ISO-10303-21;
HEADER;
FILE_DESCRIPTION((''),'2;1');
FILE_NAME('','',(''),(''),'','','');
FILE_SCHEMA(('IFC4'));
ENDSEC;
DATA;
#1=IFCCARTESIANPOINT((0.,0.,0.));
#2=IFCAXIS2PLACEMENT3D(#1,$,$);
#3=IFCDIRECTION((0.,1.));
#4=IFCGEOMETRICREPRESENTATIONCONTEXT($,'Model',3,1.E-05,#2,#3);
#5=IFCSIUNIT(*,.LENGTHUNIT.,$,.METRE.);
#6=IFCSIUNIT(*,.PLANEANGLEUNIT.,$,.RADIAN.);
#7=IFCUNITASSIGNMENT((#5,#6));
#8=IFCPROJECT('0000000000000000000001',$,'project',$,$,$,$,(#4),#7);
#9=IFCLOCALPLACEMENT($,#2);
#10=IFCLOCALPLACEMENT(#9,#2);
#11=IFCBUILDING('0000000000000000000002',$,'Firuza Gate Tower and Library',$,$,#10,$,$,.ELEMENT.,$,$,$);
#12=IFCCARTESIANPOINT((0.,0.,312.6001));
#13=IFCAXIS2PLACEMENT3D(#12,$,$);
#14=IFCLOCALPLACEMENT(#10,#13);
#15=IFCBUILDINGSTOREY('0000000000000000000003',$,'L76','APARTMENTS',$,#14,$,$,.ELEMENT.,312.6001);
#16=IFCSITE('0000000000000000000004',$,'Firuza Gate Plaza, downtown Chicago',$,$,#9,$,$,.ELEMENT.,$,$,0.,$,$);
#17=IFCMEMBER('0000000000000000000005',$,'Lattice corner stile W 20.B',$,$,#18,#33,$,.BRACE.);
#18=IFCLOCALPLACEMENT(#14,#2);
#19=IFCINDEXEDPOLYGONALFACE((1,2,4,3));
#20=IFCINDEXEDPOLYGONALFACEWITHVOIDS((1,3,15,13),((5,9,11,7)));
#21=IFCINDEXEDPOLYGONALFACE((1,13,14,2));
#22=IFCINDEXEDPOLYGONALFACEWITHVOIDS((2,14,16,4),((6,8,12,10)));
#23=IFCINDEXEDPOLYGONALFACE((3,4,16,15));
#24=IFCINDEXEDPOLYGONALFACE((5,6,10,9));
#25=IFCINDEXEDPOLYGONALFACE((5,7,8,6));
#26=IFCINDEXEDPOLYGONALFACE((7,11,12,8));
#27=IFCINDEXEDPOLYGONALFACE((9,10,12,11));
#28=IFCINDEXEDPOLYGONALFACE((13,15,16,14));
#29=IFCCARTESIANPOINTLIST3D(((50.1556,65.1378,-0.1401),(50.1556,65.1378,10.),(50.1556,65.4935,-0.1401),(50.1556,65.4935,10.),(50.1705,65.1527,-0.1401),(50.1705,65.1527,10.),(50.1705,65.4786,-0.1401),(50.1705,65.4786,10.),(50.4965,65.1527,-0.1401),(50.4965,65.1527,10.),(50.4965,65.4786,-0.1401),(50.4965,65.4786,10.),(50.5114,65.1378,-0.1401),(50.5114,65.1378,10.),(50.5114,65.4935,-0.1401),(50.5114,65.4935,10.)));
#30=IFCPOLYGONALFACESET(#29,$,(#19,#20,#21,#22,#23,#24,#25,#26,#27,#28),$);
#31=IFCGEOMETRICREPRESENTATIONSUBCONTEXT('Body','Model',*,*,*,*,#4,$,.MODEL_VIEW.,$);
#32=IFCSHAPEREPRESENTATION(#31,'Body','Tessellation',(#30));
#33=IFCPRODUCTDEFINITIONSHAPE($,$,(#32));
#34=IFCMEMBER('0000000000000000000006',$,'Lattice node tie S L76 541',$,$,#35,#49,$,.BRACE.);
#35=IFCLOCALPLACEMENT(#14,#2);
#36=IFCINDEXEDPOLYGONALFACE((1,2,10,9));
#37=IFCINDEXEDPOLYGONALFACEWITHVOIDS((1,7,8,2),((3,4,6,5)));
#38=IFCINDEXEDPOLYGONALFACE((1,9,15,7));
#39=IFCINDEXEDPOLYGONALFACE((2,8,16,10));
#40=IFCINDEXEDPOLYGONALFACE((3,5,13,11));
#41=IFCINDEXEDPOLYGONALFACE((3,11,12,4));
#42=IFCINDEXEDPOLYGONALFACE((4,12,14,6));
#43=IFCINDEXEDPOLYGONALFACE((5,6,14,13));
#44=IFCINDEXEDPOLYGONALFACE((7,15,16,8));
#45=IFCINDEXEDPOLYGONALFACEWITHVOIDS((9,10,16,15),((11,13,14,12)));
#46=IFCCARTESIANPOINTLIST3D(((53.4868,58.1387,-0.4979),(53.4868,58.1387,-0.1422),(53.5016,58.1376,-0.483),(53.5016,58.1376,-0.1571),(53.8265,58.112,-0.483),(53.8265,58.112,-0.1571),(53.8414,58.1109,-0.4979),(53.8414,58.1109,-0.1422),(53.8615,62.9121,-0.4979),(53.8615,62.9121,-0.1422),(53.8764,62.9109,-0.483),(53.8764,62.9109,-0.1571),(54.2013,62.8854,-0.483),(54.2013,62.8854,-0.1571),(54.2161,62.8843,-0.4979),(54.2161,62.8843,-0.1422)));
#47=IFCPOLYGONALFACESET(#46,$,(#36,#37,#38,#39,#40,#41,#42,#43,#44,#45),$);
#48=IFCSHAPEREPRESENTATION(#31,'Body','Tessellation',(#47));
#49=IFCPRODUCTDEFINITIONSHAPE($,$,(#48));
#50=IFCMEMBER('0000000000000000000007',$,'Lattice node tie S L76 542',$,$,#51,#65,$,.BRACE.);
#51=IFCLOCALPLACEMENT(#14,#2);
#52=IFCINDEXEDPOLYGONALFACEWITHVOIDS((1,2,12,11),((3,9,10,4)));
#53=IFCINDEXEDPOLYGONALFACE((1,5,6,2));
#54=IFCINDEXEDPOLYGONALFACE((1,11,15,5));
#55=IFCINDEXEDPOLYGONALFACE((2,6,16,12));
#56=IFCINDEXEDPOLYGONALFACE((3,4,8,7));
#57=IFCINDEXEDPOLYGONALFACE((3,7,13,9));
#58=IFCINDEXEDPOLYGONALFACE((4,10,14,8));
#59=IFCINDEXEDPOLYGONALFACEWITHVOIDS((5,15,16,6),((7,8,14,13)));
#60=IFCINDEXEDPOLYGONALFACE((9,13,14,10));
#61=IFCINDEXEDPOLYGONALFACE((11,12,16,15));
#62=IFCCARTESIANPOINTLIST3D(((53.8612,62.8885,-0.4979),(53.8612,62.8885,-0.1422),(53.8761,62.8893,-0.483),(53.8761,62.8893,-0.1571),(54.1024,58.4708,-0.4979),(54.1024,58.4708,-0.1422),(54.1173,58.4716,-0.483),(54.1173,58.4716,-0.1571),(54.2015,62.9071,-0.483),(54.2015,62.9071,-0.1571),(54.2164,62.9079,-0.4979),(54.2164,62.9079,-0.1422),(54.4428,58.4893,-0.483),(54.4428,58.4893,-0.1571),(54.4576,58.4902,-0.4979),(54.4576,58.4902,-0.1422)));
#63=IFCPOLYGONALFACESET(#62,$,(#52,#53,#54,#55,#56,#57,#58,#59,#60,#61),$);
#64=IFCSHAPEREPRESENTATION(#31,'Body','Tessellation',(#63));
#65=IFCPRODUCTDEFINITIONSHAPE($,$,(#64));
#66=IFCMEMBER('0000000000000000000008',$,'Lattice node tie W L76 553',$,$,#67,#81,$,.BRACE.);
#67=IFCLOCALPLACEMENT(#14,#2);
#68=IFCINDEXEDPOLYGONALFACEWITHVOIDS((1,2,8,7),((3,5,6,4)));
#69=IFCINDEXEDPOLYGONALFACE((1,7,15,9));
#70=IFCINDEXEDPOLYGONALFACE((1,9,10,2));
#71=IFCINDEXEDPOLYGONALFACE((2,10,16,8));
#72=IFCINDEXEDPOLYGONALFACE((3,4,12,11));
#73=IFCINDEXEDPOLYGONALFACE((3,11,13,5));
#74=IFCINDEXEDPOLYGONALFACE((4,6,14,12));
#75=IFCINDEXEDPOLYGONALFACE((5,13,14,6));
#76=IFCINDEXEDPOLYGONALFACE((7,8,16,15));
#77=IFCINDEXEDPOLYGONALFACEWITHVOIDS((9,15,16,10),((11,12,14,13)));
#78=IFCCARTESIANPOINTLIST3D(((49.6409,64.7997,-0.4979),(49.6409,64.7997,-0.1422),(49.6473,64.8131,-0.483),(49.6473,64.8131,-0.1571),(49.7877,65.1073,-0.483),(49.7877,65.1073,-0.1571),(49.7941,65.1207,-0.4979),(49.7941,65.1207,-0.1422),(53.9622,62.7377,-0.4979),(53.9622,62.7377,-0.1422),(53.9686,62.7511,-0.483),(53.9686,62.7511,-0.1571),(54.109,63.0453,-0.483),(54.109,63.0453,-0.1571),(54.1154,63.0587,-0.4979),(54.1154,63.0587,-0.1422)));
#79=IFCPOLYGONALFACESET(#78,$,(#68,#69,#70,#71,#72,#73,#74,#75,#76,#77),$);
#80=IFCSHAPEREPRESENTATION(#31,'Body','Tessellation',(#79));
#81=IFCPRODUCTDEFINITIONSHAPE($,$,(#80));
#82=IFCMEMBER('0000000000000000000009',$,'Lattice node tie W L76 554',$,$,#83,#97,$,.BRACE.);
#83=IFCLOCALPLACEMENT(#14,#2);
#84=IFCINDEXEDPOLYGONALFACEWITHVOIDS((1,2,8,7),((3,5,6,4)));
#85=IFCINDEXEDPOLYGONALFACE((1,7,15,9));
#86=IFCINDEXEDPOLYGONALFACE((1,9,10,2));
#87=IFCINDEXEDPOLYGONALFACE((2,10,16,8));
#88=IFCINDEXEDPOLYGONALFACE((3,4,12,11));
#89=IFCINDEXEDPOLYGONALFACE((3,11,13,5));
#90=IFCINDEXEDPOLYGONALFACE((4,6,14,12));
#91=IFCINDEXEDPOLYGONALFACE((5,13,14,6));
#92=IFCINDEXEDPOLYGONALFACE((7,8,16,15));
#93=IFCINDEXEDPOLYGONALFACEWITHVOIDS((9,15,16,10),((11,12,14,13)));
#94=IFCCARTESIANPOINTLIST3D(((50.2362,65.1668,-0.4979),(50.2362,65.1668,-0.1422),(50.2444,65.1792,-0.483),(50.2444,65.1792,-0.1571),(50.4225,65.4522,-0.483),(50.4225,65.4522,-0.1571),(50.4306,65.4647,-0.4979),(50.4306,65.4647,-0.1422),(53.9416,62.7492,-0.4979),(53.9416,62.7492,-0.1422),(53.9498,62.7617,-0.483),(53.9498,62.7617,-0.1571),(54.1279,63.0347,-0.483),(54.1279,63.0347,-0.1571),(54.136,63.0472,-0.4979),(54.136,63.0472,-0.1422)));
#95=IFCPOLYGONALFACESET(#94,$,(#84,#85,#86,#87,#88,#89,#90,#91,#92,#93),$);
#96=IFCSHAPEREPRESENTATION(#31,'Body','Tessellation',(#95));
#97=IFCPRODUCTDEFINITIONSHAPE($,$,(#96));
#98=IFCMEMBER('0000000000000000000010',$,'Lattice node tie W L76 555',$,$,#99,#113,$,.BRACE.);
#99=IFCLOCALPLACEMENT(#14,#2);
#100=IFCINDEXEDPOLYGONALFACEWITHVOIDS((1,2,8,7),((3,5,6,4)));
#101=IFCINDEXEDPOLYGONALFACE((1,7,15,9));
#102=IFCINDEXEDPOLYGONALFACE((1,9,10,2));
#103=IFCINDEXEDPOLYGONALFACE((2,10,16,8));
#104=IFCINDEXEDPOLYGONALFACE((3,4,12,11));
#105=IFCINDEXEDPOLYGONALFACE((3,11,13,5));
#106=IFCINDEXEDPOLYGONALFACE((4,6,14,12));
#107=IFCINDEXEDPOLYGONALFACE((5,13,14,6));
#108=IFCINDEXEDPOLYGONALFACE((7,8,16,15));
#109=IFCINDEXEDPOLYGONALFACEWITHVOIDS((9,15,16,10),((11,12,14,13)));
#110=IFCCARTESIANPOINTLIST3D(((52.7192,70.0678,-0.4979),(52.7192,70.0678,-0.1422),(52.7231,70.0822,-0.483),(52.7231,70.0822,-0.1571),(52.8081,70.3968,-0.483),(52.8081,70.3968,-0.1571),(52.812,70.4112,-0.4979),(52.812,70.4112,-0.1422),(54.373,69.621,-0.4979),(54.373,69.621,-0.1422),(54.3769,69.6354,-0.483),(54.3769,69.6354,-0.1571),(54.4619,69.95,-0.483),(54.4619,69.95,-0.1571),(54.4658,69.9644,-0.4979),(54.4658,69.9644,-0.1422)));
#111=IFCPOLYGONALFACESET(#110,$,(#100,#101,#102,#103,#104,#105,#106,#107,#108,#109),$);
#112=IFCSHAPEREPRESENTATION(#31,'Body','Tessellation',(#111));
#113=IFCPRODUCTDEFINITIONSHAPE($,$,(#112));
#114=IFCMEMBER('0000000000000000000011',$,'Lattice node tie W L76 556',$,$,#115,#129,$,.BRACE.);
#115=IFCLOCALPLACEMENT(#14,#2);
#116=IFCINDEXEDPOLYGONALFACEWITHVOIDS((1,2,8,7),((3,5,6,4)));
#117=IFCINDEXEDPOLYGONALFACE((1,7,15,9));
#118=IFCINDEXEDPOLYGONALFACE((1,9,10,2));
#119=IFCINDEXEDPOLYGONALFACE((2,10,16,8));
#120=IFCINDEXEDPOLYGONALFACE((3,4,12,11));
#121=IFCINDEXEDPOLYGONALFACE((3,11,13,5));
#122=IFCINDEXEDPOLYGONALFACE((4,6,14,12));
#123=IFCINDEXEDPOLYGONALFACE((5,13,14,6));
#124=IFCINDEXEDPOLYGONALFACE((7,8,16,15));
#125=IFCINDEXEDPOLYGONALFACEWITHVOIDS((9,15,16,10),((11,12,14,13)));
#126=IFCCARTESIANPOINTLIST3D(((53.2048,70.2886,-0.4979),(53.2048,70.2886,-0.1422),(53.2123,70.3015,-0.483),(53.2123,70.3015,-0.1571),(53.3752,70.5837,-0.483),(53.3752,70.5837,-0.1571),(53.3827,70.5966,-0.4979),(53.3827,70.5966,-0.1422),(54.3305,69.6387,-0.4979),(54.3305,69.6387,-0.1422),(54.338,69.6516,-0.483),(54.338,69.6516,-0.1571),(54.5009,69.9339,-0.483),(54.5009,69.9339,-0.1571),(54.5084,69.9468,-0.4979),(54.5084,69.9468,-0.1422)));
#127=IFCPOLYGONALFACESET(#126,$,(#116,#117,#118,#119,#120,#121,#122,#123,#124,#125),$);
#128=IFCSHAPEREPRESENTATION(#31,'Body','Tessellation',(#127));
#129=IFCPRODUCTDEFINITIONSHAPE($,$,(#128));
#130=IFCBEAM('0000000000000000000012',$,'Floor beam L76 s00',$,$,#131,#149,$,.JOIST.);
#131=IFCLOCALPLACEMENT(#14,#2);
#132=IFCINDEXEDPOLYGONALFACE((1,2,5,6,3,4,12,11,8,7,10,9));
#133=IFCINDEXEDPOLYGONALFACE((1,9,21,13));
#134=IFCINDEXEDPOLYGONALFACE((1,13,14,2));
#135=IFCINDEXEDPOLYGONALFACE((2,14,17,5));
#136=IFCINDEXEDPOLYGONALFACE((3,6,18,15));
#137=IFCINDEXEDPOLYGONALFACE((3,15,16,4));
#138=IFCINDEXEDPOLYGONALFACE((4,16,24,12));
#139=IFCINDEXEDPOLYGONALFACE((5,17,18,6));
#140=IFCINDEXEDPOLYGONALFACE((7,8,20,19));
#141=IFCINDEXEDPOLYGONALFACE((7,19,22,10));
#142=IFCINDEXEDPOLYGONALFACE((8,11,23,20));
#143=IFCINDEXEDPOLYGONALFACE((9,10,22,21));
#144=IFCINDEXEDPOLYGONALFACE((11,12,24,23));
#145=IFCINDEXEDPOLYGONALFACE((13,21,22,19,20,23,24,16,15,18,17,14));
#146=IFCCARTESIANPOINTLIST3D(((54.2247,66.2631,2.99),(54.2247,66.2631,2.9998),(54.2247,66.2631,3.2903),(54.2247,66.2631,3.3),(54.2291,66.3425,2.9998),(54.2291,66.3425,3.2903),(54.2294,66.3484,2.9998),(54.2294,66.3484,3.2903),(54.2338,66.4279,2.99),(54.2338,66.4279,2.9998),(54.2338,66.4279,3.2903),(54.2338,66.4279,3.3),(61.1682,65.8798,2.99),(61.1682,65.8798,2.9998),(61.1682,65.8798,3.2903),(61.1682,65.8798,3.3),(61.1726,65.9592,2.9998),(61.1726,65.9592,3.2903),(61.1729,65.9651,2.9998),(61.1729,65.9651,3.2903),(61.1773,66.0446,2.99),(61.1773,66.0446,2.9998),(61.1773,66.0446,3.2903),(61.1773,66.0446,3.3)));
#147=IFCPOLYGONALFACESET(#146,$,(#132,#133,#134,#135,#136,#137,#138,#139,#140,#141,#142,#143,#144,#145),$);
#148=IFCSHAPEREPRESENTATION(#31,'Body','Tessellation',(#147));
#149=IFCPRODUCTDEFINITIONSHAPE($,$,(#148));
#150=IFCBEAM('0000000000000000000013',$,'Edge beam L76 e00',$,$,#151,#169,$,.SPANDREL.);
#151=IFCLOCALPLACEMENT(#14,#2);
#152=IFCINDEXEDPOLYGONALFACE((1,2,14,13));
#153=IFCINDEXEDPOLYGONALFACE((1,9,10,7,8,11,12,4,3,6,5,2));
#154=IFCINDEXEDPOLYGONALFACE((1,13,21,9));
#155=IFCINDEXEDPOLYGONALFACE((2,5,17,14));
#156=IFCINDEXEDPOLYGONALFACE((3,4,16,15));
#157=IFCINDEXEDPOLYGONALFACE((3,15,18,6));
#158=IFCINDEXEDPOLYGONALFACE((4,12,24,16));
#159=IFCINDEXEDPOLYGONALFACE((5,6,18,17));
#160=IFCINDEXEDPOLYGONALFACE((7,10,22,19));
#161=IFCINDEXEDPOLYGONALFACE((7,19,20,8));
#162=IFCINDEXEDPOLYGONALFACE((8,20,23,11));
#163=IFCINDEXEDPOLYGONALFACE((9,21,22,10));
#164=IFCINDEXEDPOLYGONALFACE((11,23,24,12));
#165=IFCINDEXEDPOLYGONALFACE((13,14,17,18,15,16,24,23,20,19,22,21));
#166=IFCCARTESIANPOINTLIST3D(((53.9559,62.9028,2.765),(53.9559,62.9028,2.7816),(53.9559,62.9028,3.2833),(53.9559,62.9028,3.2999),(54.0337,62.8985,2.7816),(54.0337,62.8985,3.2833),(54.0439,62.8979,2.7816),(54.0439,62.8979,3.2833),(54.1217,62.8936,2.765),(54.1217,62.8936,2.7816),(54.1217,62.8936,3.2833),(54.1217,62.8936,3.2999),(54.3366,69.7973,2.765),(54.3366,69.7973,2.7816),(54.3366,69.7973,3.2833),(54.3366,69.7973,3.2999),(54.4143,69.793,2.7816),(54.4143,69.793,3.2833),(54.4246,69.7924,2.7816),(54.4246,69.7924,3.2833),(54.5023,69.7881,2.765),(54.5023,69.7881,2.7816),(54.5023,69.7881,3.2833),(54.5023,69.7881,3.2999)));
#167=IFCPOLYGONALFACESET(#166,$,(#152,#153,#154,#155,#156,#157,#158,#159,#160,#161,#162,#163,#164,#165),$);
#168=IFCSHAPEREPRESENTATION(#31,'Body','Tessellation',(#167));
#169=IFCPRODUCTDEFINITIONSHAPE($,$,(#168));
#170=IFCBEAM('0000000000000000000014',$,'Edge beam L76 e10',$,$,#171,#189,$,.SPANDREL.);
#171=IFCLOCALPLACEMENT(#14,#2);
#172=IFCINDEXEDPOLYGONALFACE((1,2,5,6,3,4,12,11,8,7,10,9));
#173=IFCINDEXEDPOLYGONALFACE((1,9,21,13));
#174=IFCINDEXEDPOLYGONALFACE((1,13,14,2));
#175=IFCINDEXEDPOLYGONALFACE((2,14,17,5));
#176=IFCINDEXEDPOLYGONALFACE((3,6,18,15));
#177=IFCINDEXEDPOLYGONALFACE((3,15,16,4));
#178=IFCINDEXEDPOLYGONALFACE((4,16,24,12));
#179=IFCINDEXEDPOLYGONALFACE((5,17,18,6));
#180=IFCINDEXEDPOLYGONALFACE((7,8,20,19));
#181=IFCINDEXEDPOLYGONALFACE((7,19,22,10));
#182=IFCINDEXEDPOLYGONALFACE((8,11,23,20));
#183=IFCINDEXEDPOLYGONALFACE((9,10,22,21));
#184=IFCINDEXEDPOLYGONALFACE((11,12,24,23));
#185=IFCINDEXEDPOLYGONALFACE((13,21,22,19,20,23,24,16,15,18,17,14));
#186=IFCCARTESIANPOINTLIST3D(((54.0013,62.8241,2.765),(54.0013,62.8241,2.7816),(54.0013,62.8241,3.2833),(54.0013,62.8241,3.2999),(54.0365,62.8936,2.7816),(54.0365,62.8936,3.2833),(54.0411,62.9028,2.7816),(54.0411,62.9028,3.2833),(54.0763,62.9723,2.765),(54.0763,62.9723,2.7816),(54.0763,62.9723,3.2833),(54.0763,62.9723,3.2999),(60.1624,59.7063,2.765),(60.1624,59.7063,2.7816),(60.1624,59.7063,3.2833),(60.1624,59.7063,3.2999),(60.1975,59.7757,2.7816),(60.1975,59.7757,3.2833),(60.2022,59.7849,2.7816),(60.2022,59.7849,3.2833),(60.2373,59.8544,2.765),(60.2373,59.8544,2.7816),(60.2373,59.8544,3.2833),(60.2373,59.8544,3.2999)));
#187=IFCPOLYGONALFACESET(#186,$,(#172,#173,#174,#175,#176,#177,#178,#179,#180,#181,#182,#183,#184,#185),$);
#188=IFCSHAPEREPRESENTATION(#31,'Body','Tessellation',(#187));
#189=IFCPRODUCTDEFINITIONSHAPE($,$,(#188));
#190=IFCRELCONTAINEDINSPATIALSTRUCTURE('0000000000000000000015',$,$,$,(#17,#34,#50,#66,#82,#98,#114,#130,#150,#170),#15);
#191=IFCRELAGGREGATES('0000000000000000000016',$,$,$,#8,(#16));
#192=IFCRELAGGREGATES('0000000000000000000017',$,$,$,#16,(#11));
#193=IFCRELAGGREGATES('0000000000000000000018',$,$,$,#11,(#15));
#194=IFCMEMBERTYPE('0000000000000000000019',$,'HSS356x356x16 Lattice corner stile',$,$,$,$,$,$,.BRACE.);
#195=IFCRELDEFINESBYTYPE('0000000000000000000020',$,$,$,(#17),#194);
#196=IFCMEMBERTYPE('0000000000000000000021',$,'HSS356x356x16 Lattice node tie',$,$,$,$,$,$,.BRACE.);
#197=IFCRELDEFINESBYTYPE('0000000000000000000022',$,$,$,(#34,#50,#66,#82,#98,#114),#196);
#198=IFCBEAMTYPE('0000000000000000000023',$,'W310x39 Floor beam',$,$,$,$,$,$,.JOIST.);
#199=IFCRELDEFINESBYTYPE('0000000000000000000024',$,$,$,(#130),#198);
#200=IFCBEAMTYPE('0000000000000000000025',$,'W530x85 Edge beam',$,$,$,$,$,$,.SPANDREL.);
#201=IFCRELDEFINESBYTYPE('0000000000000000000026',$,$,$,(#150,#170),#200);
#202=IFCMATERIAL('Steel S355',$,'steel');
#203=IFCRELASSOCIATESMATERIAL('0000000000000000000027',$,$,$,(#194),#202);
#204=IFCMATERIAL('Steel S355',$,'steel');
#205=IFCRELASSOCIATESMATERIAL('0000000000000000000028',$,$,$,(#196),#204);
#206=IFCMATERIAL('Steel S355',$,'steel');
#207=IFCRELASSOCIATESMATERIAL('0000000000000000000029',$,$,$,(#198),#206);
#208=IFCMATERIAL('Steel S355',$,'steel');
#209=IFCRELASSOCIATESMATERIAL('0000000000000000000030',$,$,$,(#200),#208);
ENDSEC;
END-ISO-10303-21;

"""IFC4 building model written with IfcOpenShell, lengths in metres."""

from ifc_helpers import new_model, si_unit, direction, frame, origin, origin_2d, place, context, subcontext, project, spatial, hollow_rectangle, i_section, extrude, material, material_profile, profile_set, type_object, element, save


model = new_model("IFC4")

# Units and contexts
model_context = context("Model", 3, precision=1e-05, world=origin(), true_north=direction((0.0, 1.0)))
body_context = subcontext(model_context, "Body", "Model", "MODEL_VIEW")
ifc_project = project(units=[si_unit("LENGTHUNIT", "METRE"), si_unit("PLANEANGLEUNIT", "RADIAN")], contexts=[model_context])

# Site, building, storey
site_placement = place(None, origin())
site = spatial("IfcSite", under=ifc_project, at=site_placement, Name="Firuza Gate Plaza, downtown Chicago", CompositionType="ELEMENT", RefElevation=0.0)
building_placement = place(site_placement, origin())
building = spatial("IfcBuilding", under=site, at=building_placement, Name="Firuza Gate Tower and Library", CompositionType="ELEMENT")
storey_placement = place(building_placement, frame((0.0, 0.0, 312.6001)))
storey = spatial("IfcBuildingStorey", under=building, at=storey_placement, Name="L76", Description="APARTMENTS", CompositionType="ELEMENT", Elevation=312.6001)

# Members
ifc_material_1 = material(Name="Steel S355", Category="steel")
ifc_material_profile_1 = material_profile(ifc_material_1, hollow_rectangle(XDim=0.3557, YDim=0.3557, WallThickness=0.0149, at=origin_2d()))
ifc_profile_set_1 = profile_set([ifc_material_profile_1], Name="Steel S355")
member_type_1 = type_object("IfcMemberType", Name="HSS356x356x16 Lattice corner stile", PredefinedType="BRACE", material=ifc_profile_set_1)
member_1_placement = place(storey_placement, frame((50.3335, 65.3157, -0.1401), z_axis=(0.0, 0.0, 1.0), x_axis=(1.0, 0.0, 0.0)))
element("IfcMember", 1, at=member_1_placement, inside=storey, type_object=member_type_1, Name="Lattice corner stile W 20.B", PredefinedType="BRACE", context=body_context, shape_type="SweptSolid", body=[
    extrude(hollow_rectangle(XDim=0.3557, YDim=0.3557, WallThickness=0.0149, at=origin_2d()), origin(), (0.0, 0.0, 1.0), 10.1401),
])
ifc_material_2 = material(Name="Steel S355", Category="steel")
ifc_material_profile_2 = material_profile(ifc_material_2, hollow_rectangle(XDim=0.3557, YDim=0.3557, WallThickness=0.0149, at=origin_2d()))
ifc_profile_set_2 = profile_set([ifc_material_profile_2], Name="Steel S355")
member_type_2 = type_object("IfcMemberType", Name="HSS356x356x16 Lattice node tie", PredefinedType="BRACE", material=ifc_profile_set_2)
member_2_placement = place(storey_placement, frame((54.0388, 62.8982, -0.3201), z_axis=(-0.078268, -0.996932, 0.0), x_axis=(0.996932, -0.078268, 0.0)))
element("IfcMember", 2, at=member_2_placement, inside=storey, type_object=member_type_2, Name="Lattice node tie S L76 541", PredefinedType="BRACE", context=body_context, shape_type="SweptSolid", body=[
    extrude(hollow_rectangle(XDim=0.3557, YDim=0.3557, WallThickness=0.0149, at=origin_2d()), origin(), (0.0, 0.0, 1.0), 4.7881),
])
member_3_placement = place(storey_placement, frame((54.0388, 62.8982, -0.3201), z_axis=(0.05452, -0.998513, 0.0), x_axis=(0.998513, 0.05452, 0.0)))
element("IfcMember", 3, at=member_3_placement, inside=storey, type_object=member_type_2, Name="Lattice node tie S L76 542", PredefinedType="BRACE", context=body_context, shape_type="SweptSolid", body=[
    extrude(hollow_rectangle(XDim=0.3557, YDim=0.3557, WallThickness=0.0149, at=origin_2d()), origin(), (0.0, 0.0, 1.0), 4.4243),
])
member_4_placement = place(storey_placement, frame((54.0388, 62.8982, -0.3201), z_axis=(-0.902515, 0.430658, 0.0), x_axis=(-0.430658, -0.902515, 0.0)))
element("IfcMember", 4, at=member_4_placement, inside=storey, type_object=member_type_2, Name="Lattice node tie W L76 553", PredefinedType="BRACE", context=body_context, shape_type="SweptSolid", body=[
    extrude(hollow_rectangle(XDim=0.3557, YDim=0.3557, WallThickness=0.0149, at=origin_2d()), origin(), (0.0, 0.0, 1.0), 4.7881),
])
member_5_placement = place(storey_placement, frame((54.0388, 62.8982, -0.3201), z_axis=(-0.837511, 0.546421, 0.0), x_axis=(-0.546421, -0.837511, 0.0)))
element("IfcMember", 5, at=member_5_placement, inside=storey, type_object=member_type_2, Name="Lattice node tie W L76 554", PredefinedType="BRACE", context=body_context, shape_type="SweptSolid", body=[
    extrude(hollow_rectangle(XDim=0.3557, YDim=0.3557, WallThickness=0.0149, at=origin_2d()), origin(), (0.0, 0.0, 1.0), 4.4243),
])
member_6_placement = place(storey_placement, frame((54.4194, 69.7927, -0.3201), z_axis=(-0.965392, 0.260801, 0.0), x_axis=(-0.260801, -0.965392, 0.0)))
element("IfcMember", 6, at=member_6_placement, inside=storey, type_object=member_type_2, Name="Lattice node tie W L76 555", PredefinedType="BRACE", context=body_context, shape_type="SweptSolid", body=[
    extrude(hollow_rectangle(XDim=0.3557, YDim=0.3557, WallThickness=0.0149, at=origin_2d()), origin(), (0.0, 0.0, 1.0), 1.7131),
])
member_7_placement = place(storey_placement, frame((54.4194, 69.7927, -0.3201), z_axis=(-0.866039, 0.499977, 0.0), x_axis=(-0.499977, -0.866039, 0.0)))
element("IfcMember", 7, at=member_7_placement, inside=storey, type_object=member_type_2, Name="Lattice node tie W L76 556", PredefinedType="BRACE", context=body_context, shape_type="SweptSolid", body=[
    extrude(hollow_rectangle(XDim=0.3557, YDim=0.3557, WallThickness=0.0149, at=origin_2d()), origin(), (0.0, 0.0, 1.0), 1.2998),
])

# Beams
ifc_material_3 = material(Name="Steel S355", Category="steel")
ifc_material_profile_3 = material_profile(ifc_material_3, i_section(OverallWidth=0.165, OverallDepth=0.3101, WebThickness=0.0059, FlangeThickness=0.0098, at=origin_2d()))
ifc_profile_set_3 = profile_set([ifc_material_profile_3], Name="Steel S355")
beam_type_1 = type_object("IfcBeamType", Name="W310x39 Floor beam", PredefinedType="JOIST", material=ifc_profile_set_3)
beam_1_placement = place(storey_placement, frame((54.2292, 66.3455, 3.145), z_axis=(0.99848, -0.055118, 0.0), x_axis=(0.055118, 0.99848, 0.0)))
element("IfcBeam", 8, at=beam_1_placement, inside=storey, type_object=beam_type_1, Name="Floor beam L76 s00", PredefinedType="JOIST", context=body_context, shape_type="SweptSolid", body=[
    extrude(i_section(OverallWidth=0.165, OverallDepth=0.3101, WebThickness=0.0059, FlangeThickness=0.0098, at=origin_2d()), origin(), (0.0, 0.0, 1.0), 6.9541),
])
ifc_material_4 = material(Name="Steel S355", Category="steel")
ifc_material_profile_4 = material_profile(ifc_material_4, i_section(OverallWidth=0.166, OverallDepth=0.5349, WebThickness=0.0103, FlangeThickness=0.0166, at=origin_2d()))
ifc_profile_set_4 = profile_set([ifc_material_profile_4], Name="Steel S355")
beam_type_2 = type_object("IfcBeamType", Name="W530x85 Edge beam", PredefinedType="SPANDREL", material=ifc_profile_set_4)
for number, where, z_axis, x_axis, name in (
    (9, (54.4194, 69.7927, 3.0325), (-0.055121, -0.99848, 0.0), (0.99848, -0.055121, 0.0), "Edge beam L76 e00"),
    (10, (54.0388, 62.8982, 3.0325), (0.892253, -0.451536, 0.0), (0.451536, 0.892253, 0.0), "Edge beam L76 e10"),
):
    element("IfcBeam", number, at=place(storey_placement, frame(where, z_axis=z_axis, x_axis=x_axis)), inside=storey, type_object=beam_type_2, Name=name, PredefinedType="SPANDREL", context=body_context, shape_type="SweptSolid", body=[
        extrude(i_section(OverallWidth=0.166, OverallDepth=0.5349, WebThickness=0.0103, FlangeThickness=0.0166, at=origin_2d()), origin(), (0.0, 0.0, 1.0), 6.905),
    ])

save(model, "model.ifc")
